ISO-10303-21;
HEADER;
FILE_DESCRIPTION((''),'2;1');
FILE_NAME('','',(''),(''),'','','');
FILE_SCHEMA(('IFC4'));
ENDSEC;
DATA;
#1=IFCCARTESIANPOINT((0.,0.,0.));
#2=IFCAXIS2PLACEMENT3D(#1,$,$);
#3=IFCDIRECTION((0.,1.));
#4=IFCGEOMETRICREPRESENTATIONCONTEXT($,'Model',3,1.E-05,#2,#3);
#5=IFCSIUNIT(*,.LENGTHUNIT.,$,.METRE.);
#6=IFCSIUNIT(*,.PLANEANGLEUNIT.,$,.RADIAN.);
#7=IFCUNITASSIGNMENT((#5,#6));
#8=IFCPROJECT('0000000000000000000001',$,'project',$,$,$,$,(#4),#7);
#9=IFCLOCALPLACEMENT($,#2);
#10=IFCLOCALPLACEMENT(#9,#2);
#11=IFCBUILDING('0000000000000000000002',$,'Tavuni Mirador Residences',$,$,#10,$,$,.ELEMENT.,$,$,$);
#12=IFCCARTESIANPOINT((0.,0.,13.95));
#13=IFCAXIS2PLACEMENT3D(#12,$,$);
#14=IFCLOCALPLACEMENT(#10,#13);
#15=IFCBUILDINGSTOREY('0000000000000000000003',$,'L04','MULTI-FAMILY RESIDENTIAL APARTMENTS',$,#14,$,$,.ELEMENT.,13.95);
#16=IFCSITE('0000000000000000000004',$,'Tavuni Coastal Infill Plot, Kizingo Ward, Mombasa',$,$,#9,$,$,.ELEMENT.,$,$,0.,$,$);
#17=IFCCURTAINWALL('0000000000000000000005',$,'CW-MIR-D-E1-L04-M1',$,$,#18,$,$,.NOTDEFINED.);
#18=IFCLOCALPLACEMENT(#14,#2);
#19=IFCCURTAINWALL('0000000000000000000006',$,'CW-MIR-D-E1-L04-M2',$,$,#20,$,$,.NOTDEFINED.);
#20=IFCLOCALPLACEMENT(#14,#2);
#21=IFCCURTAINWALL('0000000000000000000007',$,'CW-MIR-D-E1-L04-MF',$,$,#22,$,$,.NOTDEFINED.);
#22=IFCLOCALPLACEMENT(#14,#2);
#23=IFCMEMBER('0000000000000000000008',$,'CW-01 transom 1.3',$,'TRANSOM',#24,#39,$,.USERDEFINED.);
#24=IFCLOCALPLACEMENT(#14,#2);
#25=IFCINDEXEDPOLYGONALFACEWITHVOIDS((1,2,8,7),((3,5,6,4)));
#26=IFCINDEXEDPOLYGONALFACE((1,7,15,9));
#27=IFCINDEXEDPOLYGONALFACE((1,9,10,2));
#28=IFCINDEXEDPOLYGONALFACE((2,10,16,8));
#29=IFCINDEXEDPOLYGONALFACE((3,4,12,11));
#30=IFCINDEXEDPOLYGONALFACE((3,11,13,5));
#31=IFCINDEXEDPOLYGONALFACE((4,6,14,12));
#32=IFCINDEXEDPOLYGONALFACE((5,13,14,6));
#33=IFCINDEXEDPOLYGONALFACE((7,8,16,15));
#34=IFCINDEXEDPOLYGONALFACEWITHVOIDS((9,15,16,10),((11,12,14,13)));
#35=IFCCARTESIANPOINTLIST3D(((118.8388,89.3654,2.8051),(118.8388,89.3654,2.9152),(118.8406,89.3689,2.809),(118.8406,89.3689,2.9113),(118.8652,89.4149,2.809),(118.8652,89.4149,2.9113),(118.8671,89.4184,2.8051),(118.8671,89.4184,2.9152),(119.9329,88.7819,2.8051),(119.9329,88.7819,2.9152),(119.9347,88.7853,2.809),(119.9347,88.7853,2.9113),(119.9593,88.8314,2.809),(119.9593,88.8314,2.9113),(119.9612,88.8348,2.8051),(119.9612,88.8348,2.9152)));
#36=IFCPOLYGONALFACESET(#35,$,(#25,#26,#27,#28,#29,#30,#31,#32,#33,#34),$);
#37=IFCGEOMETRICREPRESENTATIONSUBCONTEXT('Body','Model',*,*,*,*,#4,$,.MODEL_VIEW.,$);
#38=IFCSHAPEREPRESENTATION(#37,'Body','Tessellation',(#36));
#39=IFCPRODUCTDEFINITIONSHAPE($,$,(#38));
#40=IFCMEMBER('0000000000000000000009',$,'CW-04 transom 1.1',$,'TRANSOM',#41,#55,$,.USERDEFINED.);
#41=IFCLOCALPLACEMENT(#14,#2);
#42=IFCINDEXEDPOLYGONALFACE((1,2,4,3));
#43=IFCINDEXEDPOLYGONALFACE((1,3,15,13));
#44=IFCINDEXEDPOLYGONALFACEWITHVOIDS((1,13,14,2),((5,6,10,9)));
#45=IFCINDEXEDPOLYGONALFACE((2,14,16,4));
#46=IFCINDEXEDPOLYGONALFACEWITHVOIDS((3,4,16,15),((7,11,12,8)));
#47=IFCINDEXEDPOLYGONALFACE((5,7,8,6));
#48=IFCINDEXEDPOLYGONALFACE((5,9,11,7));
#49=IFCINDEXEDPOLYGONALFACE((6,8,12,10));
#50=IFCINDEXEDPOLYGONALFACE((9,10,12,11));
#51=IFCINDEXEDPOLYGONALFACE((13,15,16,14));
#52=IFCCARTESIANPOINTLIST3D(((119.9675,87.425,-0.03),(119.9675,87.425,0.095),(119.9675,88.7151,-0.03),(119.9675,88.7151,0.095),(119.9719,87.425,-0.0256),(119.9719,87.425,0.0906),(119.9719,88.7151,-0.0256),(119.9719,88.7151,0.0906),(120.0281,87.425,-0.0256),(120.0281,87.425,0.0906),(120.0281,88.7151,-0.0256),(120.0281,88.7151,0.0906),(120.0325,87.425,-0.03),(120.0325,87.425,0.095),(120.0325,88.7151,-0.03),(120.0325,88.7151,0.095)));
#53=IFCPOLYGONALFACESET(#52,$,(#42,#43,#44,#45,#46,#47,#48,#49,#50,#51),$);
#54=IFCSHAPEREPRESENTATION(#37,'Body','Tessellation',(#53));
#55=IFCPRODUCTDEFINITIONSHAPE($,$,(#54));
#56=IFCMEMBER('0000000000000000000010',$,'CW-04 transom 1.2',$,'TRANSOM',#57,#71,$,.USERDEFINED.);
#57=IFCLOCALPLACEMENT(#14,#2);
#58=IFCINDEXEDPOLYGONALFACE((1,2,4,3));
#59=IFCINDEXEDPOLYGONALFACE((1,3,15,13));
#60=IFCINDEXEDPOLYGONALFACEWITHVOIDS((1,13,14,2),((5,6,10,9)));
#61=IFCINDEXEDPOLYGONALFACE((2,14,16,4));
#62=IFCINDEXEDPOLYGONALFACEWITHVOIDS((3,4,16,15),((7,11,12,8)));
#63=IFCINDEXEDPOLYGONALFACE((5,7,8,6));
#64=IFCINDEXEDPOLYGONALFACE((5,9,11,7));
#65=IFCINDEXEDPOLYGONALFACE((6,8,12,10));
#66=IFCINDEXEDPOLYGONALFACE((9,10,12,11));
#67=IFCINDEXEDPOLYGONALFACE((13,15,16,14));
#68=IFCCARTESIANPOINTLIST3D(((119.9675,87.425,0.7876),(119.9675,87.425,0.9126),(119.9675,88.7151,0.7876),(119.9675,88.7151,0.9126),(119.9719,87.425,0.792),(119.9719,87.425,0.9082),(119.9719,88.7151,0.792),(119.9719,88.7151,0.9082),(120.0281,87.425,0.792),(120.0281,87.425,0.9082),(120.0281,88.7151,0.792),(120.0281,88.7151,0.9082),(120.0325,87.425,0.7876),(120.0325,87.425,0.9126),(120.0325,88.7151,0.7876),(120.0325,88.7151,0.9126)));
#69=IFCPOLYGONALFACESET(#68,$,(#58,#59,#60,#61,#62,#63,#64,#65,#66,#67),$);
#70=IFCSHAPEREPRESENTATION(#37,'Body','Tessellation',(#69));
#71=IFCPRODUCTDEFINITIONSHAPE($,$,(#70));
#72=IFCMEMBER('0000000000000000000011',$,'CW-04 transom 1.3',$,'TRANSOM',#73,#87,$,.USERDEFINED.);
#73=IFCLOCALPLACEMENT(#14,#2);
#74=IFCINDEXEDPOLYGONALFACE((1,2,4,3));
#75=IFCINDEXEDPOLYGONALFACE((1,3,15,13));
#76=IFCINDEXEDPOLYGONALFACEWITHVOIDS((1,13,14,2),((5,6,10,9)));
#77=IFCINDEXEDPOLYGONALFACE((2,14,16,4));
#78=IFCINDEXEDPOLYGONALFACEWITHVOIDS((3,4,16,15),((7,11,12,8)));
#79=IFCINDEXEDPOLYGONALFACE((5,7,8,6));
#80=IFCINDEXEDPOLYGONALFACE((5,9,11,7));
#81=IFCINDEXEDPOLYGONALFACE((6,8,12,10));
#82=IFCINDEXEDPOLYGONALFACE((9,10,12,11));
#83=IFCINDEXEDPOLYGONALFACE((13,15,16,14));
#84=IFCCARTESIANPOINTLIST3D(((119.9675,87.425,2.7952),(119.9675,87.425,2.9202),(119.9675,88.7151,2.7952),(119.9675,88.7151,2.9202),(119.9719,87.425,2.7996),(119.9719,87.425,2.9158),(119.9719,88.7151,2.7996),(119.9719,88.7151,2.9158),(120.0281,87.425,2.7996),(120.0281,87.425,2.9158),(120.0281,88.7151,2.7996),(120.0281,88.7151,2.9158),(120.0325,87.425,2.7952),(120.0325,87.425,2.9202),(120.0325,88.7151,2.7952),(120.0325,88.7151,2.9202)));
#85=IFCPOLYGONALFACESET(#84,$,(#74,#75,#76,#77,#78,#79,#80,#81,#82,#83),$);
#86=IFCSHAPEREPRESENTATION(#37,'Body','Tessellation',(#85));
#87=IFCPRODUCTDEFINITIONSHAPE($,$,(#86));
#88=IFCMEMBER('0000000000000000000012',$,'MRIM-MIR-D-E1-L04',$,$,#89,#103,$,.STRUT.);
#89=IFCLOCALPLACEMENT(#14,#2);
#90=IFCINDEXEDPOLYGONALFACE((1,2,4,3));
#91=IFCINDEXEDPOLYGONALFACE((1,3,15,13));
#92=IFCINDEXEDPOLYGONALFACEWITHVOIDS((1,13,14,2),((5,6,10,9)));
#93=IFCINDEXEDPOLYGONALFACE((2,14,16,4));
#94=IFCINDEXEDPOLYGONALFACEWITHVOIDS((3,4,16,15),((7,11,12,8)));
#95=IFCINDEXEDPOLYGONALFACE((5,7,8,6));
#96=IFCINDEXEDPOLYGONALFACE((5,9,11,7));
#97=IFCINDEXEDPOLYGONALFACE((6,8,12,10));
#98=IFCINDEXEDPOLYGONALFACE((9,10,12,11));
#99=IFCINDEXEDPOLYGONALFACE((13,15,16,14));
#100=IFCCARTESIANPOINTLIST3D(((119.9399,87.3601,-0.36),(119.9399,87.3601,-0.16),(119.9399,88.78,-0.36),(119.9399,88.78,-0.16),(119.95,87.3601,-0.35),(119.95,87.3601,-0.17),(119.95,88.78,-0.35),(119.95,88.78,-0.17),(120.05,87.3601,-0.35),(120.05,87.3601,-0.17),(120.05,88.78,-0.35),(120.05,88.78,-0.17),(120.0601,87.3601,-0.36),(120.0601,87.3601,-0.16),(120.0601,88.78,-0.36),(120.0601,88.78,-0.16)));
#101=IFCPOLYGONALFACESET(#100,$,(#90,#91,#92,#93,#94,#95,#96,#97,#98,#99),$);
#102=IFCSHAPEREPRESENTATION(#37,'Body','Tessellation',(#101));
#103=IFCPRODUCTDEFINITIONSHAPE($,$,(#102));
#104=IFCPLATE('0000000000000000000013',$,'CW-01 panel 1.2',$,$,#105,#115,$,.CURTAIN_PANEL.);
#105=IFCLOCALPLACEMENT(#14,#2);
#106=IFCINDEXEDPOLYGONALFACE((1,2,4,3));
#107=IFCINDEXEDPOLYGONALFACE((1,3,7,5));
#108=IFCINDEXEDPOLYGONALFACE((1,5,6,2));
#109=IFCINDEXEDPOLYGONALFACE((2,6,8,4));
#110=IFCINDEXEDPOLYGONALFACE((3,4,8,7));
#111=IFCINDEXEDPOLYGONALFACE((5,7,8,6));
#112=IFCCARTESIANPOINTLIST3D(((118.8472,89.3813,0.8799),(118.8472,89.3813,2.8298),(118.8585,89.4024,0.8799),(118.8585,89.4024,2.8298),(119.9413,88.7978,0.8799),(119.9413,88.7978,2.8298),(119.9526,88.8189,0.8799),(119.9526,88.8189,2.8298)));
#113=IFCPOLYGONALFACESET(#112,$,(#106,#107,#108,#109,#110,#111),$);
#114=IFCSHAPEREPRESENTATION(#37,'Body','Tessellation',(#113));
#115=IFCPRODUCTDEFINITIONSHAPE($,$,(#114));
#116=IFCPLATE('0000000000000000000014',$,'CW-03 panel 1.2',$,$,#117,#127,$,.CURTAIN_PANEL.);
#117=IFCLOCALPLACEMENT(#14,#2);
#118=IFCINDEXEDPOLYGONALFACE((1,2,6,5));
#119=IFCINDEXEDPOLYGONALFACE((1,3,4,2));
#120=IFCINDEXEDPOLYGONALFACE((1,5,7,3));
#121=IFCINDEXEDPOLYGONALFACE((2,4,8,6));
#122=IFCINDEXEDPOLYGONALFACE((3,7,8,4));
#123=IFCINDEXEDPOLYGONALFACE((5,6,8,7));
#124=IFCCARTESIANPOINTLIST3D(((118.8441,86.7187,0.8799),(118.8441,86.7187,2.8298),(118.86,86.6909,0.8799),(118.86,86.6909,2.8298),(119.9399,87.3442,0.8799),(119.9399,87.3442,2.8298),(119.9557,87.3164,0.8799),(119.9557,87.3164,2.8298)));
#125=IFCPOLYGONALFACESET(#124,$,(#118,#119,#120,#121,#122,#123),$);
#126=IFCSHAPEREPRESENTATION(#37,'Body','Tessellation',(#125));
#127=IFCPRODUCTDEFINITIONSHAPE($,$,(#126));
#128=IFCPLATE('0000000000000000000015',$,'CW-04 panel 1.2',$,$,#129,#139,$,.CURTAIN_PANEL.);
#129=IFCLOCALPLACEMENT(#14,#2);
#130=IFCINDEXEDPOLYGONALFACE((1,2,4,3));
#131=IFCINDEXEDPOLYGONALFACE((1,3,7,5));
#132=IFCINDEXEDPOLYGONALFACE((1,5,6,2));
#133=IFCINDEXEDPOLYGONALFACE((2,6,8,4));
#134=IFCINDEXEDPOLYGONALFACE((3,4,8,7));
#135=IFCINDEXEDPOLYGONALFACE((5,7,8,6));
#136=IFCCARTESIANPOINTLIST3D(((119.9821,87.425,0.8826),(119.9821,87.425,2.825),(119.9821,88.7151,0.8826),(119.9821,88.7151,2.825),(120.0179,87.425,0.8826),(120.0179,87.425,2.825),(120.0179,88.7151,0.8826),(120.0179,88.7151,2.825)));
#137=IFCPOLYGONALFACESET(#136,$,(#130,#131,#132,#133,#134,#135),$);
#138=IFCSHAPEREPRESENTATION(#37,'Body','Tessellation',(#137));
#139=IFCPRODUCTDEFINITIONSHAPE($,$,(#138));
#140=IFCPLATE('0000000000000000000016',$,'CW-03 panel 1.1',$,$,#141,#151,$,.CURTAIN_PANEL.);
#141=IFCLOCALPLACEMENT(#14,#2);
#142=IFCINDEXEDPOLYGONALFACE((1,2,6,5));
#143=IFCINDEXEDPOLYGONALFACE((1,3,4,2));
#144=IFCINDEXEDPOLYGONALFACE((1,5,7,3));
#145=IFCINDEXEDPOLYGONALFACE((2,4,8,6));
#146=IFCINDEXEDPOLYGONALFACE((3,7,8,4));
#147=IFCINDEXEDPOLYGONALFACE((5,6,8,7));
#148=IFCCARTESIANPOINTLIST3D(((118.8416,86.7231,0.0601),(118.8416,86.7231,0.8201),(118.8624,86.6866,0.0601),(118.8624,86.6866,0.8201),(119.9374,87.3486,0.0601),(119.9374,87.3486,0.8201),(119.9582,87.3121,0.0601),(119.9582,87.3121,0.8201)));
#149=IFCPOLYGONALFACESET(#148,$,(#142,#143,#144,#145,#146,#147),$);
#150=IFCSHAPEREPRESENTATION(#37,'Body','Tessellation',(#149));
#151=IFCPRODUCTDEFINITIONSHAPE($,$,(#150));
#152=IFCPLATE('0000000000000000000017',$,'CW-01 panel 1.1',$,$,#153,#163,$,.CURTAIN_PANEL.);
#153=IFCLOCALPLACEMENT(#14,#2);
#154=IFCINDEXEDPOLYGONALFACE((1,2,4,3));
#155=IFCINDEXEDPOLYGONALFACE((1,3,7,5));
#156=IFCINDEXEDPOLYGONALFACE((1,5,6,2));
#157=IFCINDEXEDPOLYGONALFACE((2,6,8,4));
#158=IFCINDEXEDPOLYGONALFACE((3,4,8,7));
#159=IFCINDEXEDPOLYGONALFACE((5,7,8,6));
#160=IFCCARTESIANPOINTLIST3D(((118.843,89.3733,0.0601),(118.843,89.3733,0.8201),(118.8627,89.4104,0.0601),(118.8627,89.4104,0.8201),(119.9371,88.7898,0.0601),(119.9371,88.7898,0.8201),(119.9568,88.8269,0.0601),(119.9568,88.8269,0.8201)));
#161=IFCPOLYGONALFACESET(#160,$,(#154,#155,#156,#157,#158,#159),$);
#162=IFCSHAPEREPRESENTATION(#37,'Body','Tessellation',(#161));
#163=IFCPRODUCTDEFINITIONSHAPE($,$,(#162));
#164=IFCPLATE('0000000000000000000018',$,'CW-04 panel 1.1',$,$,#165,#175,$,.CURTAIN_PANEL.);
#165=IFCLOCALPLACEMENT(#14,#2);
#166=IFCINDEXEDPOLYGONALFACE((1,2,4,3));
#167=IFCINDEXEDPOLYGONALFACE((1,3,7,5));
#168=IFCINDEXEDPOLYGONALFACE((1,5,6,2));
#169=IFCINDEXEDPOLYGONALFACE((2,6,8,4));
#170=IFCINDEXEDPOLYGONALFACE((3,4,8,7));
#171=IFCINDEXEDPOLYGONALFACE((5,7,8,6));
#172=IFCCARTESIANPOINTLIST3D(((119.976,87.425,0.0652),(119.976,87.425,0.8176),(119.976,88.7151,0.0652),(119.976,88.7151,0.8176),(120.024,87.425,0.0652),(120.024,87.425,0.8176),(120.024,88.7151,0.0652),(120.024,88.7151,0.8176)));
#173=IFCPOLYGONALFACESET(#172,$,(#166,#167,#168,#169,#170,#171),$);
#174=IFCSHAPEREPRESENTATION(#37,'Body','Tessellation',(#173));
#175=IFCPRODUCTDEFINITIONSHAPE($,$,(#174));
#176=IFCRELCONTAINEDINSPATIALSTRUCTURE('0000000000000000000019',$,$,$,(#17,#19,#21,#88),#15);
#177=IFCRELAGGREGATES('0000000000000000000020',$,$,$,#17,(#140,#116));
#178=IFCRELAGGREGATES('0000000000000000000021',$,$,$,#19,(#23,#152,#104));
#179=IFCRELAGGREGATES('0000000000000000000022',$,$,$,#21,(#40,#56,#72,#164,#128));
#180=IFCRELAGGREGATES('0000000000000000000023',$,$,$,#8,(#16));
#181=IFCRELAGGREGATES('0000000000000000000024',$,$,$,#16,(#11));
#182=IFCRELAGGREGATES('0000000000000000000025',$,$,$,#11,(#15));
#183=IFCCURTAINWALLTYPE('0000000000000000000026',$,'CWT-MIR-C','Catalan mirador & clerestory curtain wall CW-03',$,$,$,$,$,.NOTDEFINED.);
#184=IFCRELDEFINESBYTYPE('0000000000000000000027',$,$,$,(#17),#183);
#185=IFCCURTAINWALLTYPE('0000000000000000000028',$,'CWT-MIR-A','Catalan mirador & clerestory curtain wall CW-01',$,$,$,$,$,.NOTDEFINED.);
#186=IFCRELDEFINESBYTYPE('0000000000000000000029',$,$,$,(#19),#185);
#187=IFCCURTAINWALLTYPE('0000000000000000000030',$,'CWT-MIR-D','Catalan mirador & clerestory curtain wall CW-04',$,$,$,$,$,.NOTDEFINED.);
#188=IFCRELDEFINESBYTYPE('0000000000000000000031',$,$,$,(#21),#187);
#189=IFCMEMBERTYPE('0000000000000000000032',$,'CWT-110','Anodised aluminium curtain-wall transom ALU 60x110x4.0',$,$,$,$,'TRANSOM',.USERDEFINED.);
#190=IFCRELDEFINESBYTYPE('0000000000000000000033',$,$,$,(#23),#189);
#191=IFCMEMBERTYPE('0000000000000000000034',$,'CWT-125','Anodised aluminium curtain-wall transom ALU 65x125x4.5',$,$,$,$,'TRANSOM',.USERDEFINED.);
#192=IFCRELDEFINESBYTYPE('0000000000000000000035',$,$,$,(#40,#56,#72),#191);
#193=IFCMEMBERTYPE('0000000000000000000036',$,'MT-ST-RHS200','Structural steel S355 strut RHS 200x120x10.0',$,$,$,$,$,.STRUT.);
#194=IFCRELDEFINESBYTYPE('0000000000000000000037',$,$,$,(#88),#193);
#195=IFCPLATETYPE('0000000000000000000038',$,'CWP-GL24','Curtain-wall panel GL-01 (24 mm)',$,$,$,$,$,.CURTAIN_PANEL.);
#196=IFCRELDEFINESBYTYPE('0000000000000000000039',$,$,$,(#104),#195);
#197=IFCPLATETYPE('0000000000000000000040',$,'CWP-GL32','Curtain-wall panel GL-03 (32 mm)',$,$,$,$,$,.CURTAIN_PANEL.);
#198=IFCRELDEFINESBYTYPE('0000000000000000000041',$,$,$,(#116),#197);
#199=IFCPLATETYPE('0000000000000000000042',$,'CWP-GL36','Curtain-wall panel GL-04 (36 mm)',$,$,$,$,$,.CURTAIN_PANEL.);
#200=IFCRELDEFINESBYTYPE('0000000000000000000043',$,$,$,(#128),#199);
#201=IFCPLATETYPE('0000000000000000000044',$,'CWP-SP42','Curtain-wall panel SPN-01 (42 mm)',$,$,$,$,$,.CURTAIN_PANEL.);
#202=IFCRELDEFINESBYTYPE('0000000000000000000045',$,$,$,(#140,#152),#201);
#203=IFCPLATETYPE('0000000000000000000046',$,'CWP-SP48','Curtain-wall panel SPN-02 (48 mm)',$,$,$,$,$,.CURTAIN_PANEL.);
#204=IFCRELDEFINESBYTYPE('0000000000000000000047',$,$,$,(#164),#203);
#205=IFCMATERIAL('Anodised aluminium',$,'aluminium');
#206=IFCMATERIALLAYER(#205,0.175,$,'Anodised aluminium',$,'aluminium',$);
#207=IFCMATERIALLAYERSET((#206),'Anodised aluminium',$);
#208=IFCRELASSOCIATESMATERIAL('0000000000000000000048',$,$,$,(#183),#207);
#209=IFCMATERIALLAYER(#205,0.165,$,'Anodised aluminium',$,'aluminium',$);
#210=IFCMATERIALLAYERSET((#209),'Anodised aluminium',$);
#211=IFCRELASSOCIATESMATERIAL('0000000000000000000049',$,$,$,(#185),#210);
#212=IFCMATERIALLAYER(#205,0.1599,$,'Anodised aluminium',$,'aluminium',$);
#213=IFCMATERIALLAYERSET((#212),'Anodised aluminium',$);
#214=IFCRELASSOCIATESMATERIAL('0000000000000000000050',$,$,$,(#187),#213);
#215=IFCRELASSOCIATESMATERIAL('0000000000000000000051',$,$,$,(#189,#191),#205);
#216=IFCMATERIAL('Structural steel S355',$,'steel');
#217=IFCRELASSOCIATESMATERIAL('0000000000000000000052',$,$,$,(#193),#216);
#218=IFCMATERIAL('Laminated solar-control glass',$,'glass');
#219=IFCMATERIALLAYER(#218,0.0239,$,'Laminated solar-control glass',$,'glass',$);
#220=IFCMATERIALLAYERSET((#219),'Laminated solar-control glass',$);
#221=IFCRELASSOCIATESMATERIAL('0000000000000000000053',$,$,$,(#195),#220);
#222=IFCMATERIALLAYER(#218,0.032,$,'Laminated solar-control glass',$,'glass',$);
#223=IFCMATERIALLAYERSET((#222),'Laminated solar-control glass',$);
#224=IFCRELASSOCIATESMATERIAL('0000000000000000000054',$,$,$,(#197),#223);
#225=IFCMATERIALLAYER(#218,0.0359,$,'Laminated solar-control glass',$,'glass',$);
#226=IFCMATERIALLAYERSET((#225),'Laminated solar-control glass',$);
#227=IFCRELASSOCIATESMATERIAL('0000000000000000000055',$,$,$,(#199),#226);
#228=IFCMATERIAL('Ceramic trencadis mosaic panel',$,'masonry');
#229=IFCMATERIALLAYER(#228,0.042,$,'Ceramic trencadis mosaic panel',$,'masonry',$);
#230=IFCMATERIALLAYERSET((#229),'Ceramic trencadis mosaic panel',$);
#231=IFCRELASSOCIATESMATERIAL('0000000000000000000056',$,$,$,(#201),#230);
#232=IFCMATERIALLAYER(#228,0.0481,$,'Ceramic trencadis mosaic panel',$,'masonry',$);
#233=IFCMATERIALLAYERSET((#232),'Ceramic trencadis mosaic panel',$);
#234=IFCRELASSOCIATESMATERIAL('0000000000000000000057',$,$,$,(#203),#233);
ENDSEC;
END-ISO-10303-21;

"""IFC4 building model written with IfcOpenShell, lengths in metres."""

from ifc_helpers import new_model, si_unit, direction, frame, origin, origin_2d, place, context, subcontext, project, spatial, rectangle, hollow_rectangle, extrude, material, layer, layer_set, material_profile, profile_set, type_object, element, aggregate, save


model = new_model("IFC4")

# Units and contexts
model_context = context("Model", 3, precision=1e-05, world=origin(), true_north=direction((0.0, 1.0)))
body_context = subcontext(model_context, "Body", "Model", "MODEL_VIEW")
ifc_project = project(units=[si_unit("LENGTHUNIT", "METRE"), si_unit("PLANEANGLEUNIT", "RADIAN")], contexts=[model_context])

# Site, building, storey
site_placement = place(None, origin())
site = spatial("IfcSite", under=ifc_project, at=site_placement, Name="Tavuni Coastal Infill Plot, Kizingo Ward, Mombasa", CompositionType="ELEMENT", RefElevation=0.0)
building_placement = place(site_placement, origin())
building = spatial("IfcBuilding", under=site, at=building_placement, Name="Tavuni Mirador Residences", CompositionType="ELEMENT")
storey_placement = place(building_placement, frame((0.0, 0.0, 13.95)))
storey = spatial("IfcBuildingStorey", under=building, at=storey_placement, Name="L04", Description="MULTI-FAMILY RESIDENTIAL APARTMENTS", CompositionType="ELEMENT", Elevation=13.95)

# Curtain wall
ifc_material_1 = material(Name="Anodised aluminium", Category="aluminium")
ifc_layer_1 = layer(ifc_material_1, 0.175, Name="Anodised aluminium", Category="aluminium")
ifc_layer_set_1 = layer_set([ifc_layer_1], Name="Anodised aluminium")
curtain_wall_type_1 = type_object("IfcCurtainWallType", Name="CWT-MIR-C", Description="Catalan mirador & clerestory curtain wall CW-03", PredefinedType="NOTDEFINED", material=ifc_layer_set_1)
curtain_wall_1_placement = place(storey_placement, origin())
curtain_wall_1 = element("IfcCurtainWall", 1, at=curtain_wall_1_placement, inside=storey, type_object=curtain_wall_type_1, Name="CW-MIR-D-E1-L04-M1", PredefinedType="NOTDEFINED")

# Curtain walls
ifc_layer_2 = layer(ifc_material_1, 0.165, Name="Anodised aluminium", Category="aluminium")
ifc_layer_set_2 = layer_set([ifc_layer_2], Name="Anodised aluminium")
curtain_wall_type_2 = type_object("IfcCurtainWallType", Name="CWT-MIR-A", Description="Catalan mirador & clerestory curtain wall CW-01", PredefinedType="NOTDEFINED", material=ifc_layer_set_2)
curtain_wall_2_placement = place(storey_placement, origin())
curtain_wall_2 = element("IfcCurtainWall", 2, at=curtain_wall_2_placement, inside=storey, type_object=curtain_wall_type_2, Name="CW-MIR-D-E1-L04-M2", PredefinedType="NOTDEFINED")
ifc_layer_3 = layer(ifc_material_1, 0.1599, Name="Anodised aluminium", Category="aluminium")
ifc_layer_set_3 = layer_set([ifc_layer_3], Name="Anodised aluminium")
curtain_wall_type_3 = type_object("IfcCurtainWallType", Name="CWT-MIR-D", Description="Catalan mirador & clerestory curtain wall CW-04", PredefinedType="NOTDEFINED", material=ifc_layer_set_3)
curtain_wall_3_placement = place(storey_placement, origin())
curtain_wall_3 = element("IfcCurtainWall", 3, at=curtain_wall_3_placement, inside=storey, type_object=curtain_wall_type_3, Name="CW-MIR-D-E1-L04-MF", PredefinedType="NOTDEFINED")

# Members
ifc_material_profile_1 = material_profile(ifc_material_1, hollow_rectangle(XDim=0.0601, YDim=0.1101, WallThickness=0.0039, at=origin_2d()), Name="ALU 60x110x4.0", Category="aluminium")
ifc_profile_set_1 = profile_set([ifc_material_profile_1], Name="Anodised aluminium")
member_type_1 = type_object("IfcMemberType", Name="CWT-110", Description="Anodised aluminium curtain-wall transom ALU 60x110x4.0", ElementType="TRANSOM", PredefinedType="USERDEFINED", material=ifc_profile_set_1)
member_1_placement = place(storey_placement, frame((119.947, 88.8083, 2.8601), z_axis=(-0.882342, 0.470609, 0.0), x_axis=(-0.470609, -0.882342, 0.0)))
member_1 = element("IfcMember", 4, at=member_1_placement, type_object=member_type_1, Name="CW-01 transom 1.3", ObjectType="TRANSOM", PredefinedType="USERDEFINED", context=body_context, shape_type="SweptSolid", body=[
    extrude(hollow_rectangle(XDim=0.0601, YDim=0.1101, WallThickness=0.0039, at=origin_2d()), origin(), (0.0, 0.0, 1.0), 1.24),
])
ifc_material_profile_2 = material_profile(ifc_material_1, hollow_rectangle(XDim=0.0649, YDim=0.125, WallThickness=0.0044, at=origin_2d()), Name="ALU 65x125x4.5", Category="aluminium")
ifc_profile_set_2 = profile_set([ifc_material_profile_2], Name="Anodised aluminium")
member_type_2 = type_object("IfcMemberType", Name="CWT-125", Description="Anodised aluminium curtain-wall transom ALU 65x125x4.5", ElementType="TRANSOM", PredefinedType="USERDEFINED", material=ifc_profile_set_2)
member_2_placement = place(storey_placement, frame((120.0, 87.425, 0.0325), z_axis=(0.0, 1.0, 0.0), x_axis=(-1.0, 0.0, 0.0)))
member_2 = element("IfcMember", 5, at=member_2_placement, type_object=member_type_2, Name="CW-04 transom 1.1", ObjectType="TRANSOM", PredefinedType="USERDEFINED", context=body_context, shape_type="SweptSolid", body=[
    extrude(hollow_rectangle(XDim=0.0649, YDim=0.125, WallThickness=0.0044, at=origin_2d()), origin(), (0.0, 0.0, 1.0), 1.29),
])
member_3_placement = place(storey_placement, frame((120.0, 87.425, 0.8501), z_axis=(0.0, 1.0, 0.0), x_axis=(-1.0, 0.0, 0.0)))
member_3 = element("IfcMember", 6, at=member_3_placement, type_object=member_type_2, Name="CW-04 transom 1.2", ObjectType="TRANSOM", PredefinedType="USERDEFINED", context=body_context, shape_type="SweptSolid", body=[
    extrude(hollow_rectangle(XDim=0.0649, YDim=0.125, WallThickness=0.0044, at=origin_2d()), origin(), (0.0, 0.0, 1.0), 1.29),
])
member_4_placement = place(storey_placement, frame((120.0, 87.425, 2.8577), z_axis=(0.0, 1.0, 0.0), x_axis=(-1.0, 0.0, 0.0)))
member_4 = element("IfcMember", 7, at=member_4_placement, type_object=member_type_2, Name="CW-04 transom 1.3", ObjectType="TRANSOM", PredefinedType="USERDEFINED", context=body_context, shape_type="SweptSolid", body=[
    extrude(hollow_rectangle(XDim=0.0649, YDim=0.125, WallThickness=0.0044, at=origin_2d()), origin(), (0.0, 0.0, 1.0), 1.29),
])
ifc_material_2 = material(Name="Structural steel S355", Category="steel")
ifc_material_profile_3 = material_profile(ifc_material_2, hollow_rectangle(XDim=0.1201, YDim=0.2, WallThickness=0.01, at=origin_2d()), Name="RHS 200x120x10.0", Category="steel")
ifc_profile_set_3 = profile_set([ifc_material_profile_3], Name="Structural steel S355")
member_type_3 = type_object("IfcMemberType", Name="MT-ST-RHS200", Description="Structural steel S355 strut RHS 200x120x10.0", PredefinedType="STRUT", material=ifc_profile_set_3)
member_5_placement = place(storey_placement, frame((120.0, 87.3601, -0.26), z_axis=(0.0, 1.0, 0.0), x_axis=(-1.0, 0.0, 0.0)))
element("IfcMember", 8, at=member_5_placement, inside=storey, type_object=member_type_3, Name="MRIM-MIR-D-E1-L04", PredefinedType="STRUT", context=body_context, shape_type="SweptSolid", body=[
    extrude(hollow_rectangle(XDim=0.1201, YDim=0.2, WallThickness=0.01, at=origin_2d()), origin(), (0.0, 0.0, 1.0), 1.4199),
])

# Plates
ifc_material_3 = material(Name="Laminated solar-control glass", Category="glass")
ifc_layer_4 = layer(ifc_material_3, 0.0239, Name="Laminated solar-control glass", Category="glass")
ifc_layer_set_4 = layer_set([ifc_layer_4], Name="Laminated solar-control glass")
plate_type_1 = type_object("IfcPlateType", Name="CWP-GL24", Description="Curtain-wall panel GL-01 (24 mm)", PredefinedType="CURTAIN_PANEL", material=ifc_layer_set_4)
plate_1_placement = place(storey_placement, frame((119.3999, 89.1001, 0.8799), z_axis=(0.0, 0.0, 1.0), x_axis=(-0.882353, 0.470588, 0.0)))
plate_1 = element("IfcPlate", 9, at=plate_1_placement, type_object=plate_type_1, Name="CW-01 panel 1.2", PredefinedType="CURTAIN_PANEL", context=body_context, shape_type="SweptSolid", body=[
    extrude(rectangle(XDim=1.24, YDim=0.0239, at=origin_2d()), origin(), (0.0, 0.0, 1.0), 1.95),
])
ifc_layer_5 = layer(ifc_material_3, 0.032, Name="Laminated solar-control glass", Category="glass")
ifc_layer_set_5 = layer_set([ifc_layer_5], Name="Laminated solar-control glass")
plate_type_2 = type_object("IfcPlateType", Name="CWP-GL32", Description="Curtain-wall panel GL-03 (32 mm)", PredefinedType="CURTAIN_PANEL", material=ifc_layer_set_5)
plate_2_placement = place(storey_placement, frame((119.3999, 87.0176, 0.8799), z_axis=(0.0, 0.0, 1.0), x_axis=(0.868466, 0.495749, 0.0)))
plate_2 = element("IfcPlate", 10, at=plate_2_placement, type_object=plate_type_2, Name="CW-03 panel 1.2", PredefinedType="CURTAIN_PANEL", context=body_context, shape_type="SweptSolid", body=[
    extrude(rectangle(XDim=1.2617, YDim=0.032, at=origin_2d()), origin(), (0.0, 0.0, 1.0), 1.95),
])
ifc_layer_6 = layer(ifc_material_3, 0.0359, Name="Laminated solar-control glass", Category="glass")
ifc_layer_set_6 = layer_set([ifc_layer_6], Name="Laminated solar-control glass")
plate_type_3 = type_object("IfcPlateType", Name="CWP-GL36", Description="Curtain-wall panel GL-04 (36 mm)", PredefinedType="CURTAIN_PANEL", material=ifc_layer_set_6)
plate_3_placement = place(storey_placement, frame((120.0, 88.0701, 0.8826), z_axis=(0.0, 0.0, 1.0), x_axis=(0.0, 1.0, 0.0)))
plate_3 = element("IfcPlate", 11, at=plate_3_placement, type_object=plate_type_3, Name="CW-04 panel 1.2", PredefinedType="CURTAIN_PANEL", context=body_context, shape_type="SweptSolid", body=[
    extrude(rectangle(XDim=1.29, YDim=0.0359, at=origin_2d()), origin(), (0.0, 0.0, 1.0), 1.9424),
])
ifc_material_4 = material(Name="Ceramic trencadis mosaic panel", Category="masonry")
ifc_layer_7 = layer(ifc_material_4, 0.042, Name="Ceramic trencadis mosaic panel", Category="masonry")
ifc_layer_set_7 = layer_set([ifc_layer_7], Name="Ceramic trencadis mosaic panel")
plate_type_4 = type_object("IfcPlateType", Name="CWP-SP42", Description="Curtain-wall panel SPN-01 (42 mm)", PredefinedType="CURTAIN_PANEL", material=ifc_layer_set_7)
plate_4_placement = place(storey_placement, frame((119.3999, 87.0176, 0.0601), z_axis=(0.0, 0.0, 1.0), x_axis=(0.868466, 0.495749, 0.0)))
plate_4 = element("IfcPlate", 12, at=plate_4_placement, type_object=plate_type_4, Name="CW-03 panel 1.1", PredefinedType="CURTAIN_PANEL", context=body_context, shape_type="SweptSolid", body=[
    extrude(rectangle(XDim=1.2617, YDim=0.042, at=origin_2d()), origin(), (0.0, 0.0, 1.0), 0.76),
])
aggregate(curtain_wall_1, [plate_4, plate_2])
plate_5_placement = place(storey_placement, frame((119.3999, 89.1001, 0.0601), z_axis=(0.0, 0.0, 1.0), x_axis=(-0.882353, 0.470588, 0.0)))
plate_5 = element("IfcPlate", 13, at=plate_5_placement, type_object=plate_type_4, Name="CW-01 panel 1.1", PredefinedType="CURTAIN_PANEL", context=body_context, shape_type="SweptSolid", body=[
    extrude(rectangle(XDim=1.24, YDim=0.042, at=origin_2d()), origin(), (0.0, 0.0, 1.0), 0.76),
])
aggregate(curtain_wall_2, [member_1, plate_5, plate_1])
ifc_layer_8 = layer(ifc_material_4, 0.0481, Name="Ceramic trencadis mosaic panel", Category="masonry")
ifc_layer_set_8 = layer_set([ifc_layer_8], Name="Ceramic trencadis mosaic panel")
plate_type_5 = type_object("IfcPlateType", Name="CWP-SP48", Description="Curtain-wall panel SPN-02 (48 mm)", PredefinedType="CURTAIN_PANEL", material=ifc_layer_set_8)
plate_6_placement = place(storey_placement, frame((120.0, 88.0701, 0.0652), z_axis=(0.0, 0.0, 1.0), x_axis=(0.0, 1.0, 0.0)))
plate_6 = element("IfcPlate", 14, at=plate_6_placement, type_object=plate_type_5, Name="CW-04 panel 1.1", PredefinedType="CURTAIN_PANEL", context=body_context, shape_type="SweptSolid", body=[
    extrude(rectangle(XDim=1.29, YDim=0.0481, at=origin_2d()), origin(), (0.0, 0.0, 1.0), 0.7524),
])
aggregate(curtain_wall_3, [member_2, member_3, member_4, plate_6, plate_3])

save(model, "model.ifc")
